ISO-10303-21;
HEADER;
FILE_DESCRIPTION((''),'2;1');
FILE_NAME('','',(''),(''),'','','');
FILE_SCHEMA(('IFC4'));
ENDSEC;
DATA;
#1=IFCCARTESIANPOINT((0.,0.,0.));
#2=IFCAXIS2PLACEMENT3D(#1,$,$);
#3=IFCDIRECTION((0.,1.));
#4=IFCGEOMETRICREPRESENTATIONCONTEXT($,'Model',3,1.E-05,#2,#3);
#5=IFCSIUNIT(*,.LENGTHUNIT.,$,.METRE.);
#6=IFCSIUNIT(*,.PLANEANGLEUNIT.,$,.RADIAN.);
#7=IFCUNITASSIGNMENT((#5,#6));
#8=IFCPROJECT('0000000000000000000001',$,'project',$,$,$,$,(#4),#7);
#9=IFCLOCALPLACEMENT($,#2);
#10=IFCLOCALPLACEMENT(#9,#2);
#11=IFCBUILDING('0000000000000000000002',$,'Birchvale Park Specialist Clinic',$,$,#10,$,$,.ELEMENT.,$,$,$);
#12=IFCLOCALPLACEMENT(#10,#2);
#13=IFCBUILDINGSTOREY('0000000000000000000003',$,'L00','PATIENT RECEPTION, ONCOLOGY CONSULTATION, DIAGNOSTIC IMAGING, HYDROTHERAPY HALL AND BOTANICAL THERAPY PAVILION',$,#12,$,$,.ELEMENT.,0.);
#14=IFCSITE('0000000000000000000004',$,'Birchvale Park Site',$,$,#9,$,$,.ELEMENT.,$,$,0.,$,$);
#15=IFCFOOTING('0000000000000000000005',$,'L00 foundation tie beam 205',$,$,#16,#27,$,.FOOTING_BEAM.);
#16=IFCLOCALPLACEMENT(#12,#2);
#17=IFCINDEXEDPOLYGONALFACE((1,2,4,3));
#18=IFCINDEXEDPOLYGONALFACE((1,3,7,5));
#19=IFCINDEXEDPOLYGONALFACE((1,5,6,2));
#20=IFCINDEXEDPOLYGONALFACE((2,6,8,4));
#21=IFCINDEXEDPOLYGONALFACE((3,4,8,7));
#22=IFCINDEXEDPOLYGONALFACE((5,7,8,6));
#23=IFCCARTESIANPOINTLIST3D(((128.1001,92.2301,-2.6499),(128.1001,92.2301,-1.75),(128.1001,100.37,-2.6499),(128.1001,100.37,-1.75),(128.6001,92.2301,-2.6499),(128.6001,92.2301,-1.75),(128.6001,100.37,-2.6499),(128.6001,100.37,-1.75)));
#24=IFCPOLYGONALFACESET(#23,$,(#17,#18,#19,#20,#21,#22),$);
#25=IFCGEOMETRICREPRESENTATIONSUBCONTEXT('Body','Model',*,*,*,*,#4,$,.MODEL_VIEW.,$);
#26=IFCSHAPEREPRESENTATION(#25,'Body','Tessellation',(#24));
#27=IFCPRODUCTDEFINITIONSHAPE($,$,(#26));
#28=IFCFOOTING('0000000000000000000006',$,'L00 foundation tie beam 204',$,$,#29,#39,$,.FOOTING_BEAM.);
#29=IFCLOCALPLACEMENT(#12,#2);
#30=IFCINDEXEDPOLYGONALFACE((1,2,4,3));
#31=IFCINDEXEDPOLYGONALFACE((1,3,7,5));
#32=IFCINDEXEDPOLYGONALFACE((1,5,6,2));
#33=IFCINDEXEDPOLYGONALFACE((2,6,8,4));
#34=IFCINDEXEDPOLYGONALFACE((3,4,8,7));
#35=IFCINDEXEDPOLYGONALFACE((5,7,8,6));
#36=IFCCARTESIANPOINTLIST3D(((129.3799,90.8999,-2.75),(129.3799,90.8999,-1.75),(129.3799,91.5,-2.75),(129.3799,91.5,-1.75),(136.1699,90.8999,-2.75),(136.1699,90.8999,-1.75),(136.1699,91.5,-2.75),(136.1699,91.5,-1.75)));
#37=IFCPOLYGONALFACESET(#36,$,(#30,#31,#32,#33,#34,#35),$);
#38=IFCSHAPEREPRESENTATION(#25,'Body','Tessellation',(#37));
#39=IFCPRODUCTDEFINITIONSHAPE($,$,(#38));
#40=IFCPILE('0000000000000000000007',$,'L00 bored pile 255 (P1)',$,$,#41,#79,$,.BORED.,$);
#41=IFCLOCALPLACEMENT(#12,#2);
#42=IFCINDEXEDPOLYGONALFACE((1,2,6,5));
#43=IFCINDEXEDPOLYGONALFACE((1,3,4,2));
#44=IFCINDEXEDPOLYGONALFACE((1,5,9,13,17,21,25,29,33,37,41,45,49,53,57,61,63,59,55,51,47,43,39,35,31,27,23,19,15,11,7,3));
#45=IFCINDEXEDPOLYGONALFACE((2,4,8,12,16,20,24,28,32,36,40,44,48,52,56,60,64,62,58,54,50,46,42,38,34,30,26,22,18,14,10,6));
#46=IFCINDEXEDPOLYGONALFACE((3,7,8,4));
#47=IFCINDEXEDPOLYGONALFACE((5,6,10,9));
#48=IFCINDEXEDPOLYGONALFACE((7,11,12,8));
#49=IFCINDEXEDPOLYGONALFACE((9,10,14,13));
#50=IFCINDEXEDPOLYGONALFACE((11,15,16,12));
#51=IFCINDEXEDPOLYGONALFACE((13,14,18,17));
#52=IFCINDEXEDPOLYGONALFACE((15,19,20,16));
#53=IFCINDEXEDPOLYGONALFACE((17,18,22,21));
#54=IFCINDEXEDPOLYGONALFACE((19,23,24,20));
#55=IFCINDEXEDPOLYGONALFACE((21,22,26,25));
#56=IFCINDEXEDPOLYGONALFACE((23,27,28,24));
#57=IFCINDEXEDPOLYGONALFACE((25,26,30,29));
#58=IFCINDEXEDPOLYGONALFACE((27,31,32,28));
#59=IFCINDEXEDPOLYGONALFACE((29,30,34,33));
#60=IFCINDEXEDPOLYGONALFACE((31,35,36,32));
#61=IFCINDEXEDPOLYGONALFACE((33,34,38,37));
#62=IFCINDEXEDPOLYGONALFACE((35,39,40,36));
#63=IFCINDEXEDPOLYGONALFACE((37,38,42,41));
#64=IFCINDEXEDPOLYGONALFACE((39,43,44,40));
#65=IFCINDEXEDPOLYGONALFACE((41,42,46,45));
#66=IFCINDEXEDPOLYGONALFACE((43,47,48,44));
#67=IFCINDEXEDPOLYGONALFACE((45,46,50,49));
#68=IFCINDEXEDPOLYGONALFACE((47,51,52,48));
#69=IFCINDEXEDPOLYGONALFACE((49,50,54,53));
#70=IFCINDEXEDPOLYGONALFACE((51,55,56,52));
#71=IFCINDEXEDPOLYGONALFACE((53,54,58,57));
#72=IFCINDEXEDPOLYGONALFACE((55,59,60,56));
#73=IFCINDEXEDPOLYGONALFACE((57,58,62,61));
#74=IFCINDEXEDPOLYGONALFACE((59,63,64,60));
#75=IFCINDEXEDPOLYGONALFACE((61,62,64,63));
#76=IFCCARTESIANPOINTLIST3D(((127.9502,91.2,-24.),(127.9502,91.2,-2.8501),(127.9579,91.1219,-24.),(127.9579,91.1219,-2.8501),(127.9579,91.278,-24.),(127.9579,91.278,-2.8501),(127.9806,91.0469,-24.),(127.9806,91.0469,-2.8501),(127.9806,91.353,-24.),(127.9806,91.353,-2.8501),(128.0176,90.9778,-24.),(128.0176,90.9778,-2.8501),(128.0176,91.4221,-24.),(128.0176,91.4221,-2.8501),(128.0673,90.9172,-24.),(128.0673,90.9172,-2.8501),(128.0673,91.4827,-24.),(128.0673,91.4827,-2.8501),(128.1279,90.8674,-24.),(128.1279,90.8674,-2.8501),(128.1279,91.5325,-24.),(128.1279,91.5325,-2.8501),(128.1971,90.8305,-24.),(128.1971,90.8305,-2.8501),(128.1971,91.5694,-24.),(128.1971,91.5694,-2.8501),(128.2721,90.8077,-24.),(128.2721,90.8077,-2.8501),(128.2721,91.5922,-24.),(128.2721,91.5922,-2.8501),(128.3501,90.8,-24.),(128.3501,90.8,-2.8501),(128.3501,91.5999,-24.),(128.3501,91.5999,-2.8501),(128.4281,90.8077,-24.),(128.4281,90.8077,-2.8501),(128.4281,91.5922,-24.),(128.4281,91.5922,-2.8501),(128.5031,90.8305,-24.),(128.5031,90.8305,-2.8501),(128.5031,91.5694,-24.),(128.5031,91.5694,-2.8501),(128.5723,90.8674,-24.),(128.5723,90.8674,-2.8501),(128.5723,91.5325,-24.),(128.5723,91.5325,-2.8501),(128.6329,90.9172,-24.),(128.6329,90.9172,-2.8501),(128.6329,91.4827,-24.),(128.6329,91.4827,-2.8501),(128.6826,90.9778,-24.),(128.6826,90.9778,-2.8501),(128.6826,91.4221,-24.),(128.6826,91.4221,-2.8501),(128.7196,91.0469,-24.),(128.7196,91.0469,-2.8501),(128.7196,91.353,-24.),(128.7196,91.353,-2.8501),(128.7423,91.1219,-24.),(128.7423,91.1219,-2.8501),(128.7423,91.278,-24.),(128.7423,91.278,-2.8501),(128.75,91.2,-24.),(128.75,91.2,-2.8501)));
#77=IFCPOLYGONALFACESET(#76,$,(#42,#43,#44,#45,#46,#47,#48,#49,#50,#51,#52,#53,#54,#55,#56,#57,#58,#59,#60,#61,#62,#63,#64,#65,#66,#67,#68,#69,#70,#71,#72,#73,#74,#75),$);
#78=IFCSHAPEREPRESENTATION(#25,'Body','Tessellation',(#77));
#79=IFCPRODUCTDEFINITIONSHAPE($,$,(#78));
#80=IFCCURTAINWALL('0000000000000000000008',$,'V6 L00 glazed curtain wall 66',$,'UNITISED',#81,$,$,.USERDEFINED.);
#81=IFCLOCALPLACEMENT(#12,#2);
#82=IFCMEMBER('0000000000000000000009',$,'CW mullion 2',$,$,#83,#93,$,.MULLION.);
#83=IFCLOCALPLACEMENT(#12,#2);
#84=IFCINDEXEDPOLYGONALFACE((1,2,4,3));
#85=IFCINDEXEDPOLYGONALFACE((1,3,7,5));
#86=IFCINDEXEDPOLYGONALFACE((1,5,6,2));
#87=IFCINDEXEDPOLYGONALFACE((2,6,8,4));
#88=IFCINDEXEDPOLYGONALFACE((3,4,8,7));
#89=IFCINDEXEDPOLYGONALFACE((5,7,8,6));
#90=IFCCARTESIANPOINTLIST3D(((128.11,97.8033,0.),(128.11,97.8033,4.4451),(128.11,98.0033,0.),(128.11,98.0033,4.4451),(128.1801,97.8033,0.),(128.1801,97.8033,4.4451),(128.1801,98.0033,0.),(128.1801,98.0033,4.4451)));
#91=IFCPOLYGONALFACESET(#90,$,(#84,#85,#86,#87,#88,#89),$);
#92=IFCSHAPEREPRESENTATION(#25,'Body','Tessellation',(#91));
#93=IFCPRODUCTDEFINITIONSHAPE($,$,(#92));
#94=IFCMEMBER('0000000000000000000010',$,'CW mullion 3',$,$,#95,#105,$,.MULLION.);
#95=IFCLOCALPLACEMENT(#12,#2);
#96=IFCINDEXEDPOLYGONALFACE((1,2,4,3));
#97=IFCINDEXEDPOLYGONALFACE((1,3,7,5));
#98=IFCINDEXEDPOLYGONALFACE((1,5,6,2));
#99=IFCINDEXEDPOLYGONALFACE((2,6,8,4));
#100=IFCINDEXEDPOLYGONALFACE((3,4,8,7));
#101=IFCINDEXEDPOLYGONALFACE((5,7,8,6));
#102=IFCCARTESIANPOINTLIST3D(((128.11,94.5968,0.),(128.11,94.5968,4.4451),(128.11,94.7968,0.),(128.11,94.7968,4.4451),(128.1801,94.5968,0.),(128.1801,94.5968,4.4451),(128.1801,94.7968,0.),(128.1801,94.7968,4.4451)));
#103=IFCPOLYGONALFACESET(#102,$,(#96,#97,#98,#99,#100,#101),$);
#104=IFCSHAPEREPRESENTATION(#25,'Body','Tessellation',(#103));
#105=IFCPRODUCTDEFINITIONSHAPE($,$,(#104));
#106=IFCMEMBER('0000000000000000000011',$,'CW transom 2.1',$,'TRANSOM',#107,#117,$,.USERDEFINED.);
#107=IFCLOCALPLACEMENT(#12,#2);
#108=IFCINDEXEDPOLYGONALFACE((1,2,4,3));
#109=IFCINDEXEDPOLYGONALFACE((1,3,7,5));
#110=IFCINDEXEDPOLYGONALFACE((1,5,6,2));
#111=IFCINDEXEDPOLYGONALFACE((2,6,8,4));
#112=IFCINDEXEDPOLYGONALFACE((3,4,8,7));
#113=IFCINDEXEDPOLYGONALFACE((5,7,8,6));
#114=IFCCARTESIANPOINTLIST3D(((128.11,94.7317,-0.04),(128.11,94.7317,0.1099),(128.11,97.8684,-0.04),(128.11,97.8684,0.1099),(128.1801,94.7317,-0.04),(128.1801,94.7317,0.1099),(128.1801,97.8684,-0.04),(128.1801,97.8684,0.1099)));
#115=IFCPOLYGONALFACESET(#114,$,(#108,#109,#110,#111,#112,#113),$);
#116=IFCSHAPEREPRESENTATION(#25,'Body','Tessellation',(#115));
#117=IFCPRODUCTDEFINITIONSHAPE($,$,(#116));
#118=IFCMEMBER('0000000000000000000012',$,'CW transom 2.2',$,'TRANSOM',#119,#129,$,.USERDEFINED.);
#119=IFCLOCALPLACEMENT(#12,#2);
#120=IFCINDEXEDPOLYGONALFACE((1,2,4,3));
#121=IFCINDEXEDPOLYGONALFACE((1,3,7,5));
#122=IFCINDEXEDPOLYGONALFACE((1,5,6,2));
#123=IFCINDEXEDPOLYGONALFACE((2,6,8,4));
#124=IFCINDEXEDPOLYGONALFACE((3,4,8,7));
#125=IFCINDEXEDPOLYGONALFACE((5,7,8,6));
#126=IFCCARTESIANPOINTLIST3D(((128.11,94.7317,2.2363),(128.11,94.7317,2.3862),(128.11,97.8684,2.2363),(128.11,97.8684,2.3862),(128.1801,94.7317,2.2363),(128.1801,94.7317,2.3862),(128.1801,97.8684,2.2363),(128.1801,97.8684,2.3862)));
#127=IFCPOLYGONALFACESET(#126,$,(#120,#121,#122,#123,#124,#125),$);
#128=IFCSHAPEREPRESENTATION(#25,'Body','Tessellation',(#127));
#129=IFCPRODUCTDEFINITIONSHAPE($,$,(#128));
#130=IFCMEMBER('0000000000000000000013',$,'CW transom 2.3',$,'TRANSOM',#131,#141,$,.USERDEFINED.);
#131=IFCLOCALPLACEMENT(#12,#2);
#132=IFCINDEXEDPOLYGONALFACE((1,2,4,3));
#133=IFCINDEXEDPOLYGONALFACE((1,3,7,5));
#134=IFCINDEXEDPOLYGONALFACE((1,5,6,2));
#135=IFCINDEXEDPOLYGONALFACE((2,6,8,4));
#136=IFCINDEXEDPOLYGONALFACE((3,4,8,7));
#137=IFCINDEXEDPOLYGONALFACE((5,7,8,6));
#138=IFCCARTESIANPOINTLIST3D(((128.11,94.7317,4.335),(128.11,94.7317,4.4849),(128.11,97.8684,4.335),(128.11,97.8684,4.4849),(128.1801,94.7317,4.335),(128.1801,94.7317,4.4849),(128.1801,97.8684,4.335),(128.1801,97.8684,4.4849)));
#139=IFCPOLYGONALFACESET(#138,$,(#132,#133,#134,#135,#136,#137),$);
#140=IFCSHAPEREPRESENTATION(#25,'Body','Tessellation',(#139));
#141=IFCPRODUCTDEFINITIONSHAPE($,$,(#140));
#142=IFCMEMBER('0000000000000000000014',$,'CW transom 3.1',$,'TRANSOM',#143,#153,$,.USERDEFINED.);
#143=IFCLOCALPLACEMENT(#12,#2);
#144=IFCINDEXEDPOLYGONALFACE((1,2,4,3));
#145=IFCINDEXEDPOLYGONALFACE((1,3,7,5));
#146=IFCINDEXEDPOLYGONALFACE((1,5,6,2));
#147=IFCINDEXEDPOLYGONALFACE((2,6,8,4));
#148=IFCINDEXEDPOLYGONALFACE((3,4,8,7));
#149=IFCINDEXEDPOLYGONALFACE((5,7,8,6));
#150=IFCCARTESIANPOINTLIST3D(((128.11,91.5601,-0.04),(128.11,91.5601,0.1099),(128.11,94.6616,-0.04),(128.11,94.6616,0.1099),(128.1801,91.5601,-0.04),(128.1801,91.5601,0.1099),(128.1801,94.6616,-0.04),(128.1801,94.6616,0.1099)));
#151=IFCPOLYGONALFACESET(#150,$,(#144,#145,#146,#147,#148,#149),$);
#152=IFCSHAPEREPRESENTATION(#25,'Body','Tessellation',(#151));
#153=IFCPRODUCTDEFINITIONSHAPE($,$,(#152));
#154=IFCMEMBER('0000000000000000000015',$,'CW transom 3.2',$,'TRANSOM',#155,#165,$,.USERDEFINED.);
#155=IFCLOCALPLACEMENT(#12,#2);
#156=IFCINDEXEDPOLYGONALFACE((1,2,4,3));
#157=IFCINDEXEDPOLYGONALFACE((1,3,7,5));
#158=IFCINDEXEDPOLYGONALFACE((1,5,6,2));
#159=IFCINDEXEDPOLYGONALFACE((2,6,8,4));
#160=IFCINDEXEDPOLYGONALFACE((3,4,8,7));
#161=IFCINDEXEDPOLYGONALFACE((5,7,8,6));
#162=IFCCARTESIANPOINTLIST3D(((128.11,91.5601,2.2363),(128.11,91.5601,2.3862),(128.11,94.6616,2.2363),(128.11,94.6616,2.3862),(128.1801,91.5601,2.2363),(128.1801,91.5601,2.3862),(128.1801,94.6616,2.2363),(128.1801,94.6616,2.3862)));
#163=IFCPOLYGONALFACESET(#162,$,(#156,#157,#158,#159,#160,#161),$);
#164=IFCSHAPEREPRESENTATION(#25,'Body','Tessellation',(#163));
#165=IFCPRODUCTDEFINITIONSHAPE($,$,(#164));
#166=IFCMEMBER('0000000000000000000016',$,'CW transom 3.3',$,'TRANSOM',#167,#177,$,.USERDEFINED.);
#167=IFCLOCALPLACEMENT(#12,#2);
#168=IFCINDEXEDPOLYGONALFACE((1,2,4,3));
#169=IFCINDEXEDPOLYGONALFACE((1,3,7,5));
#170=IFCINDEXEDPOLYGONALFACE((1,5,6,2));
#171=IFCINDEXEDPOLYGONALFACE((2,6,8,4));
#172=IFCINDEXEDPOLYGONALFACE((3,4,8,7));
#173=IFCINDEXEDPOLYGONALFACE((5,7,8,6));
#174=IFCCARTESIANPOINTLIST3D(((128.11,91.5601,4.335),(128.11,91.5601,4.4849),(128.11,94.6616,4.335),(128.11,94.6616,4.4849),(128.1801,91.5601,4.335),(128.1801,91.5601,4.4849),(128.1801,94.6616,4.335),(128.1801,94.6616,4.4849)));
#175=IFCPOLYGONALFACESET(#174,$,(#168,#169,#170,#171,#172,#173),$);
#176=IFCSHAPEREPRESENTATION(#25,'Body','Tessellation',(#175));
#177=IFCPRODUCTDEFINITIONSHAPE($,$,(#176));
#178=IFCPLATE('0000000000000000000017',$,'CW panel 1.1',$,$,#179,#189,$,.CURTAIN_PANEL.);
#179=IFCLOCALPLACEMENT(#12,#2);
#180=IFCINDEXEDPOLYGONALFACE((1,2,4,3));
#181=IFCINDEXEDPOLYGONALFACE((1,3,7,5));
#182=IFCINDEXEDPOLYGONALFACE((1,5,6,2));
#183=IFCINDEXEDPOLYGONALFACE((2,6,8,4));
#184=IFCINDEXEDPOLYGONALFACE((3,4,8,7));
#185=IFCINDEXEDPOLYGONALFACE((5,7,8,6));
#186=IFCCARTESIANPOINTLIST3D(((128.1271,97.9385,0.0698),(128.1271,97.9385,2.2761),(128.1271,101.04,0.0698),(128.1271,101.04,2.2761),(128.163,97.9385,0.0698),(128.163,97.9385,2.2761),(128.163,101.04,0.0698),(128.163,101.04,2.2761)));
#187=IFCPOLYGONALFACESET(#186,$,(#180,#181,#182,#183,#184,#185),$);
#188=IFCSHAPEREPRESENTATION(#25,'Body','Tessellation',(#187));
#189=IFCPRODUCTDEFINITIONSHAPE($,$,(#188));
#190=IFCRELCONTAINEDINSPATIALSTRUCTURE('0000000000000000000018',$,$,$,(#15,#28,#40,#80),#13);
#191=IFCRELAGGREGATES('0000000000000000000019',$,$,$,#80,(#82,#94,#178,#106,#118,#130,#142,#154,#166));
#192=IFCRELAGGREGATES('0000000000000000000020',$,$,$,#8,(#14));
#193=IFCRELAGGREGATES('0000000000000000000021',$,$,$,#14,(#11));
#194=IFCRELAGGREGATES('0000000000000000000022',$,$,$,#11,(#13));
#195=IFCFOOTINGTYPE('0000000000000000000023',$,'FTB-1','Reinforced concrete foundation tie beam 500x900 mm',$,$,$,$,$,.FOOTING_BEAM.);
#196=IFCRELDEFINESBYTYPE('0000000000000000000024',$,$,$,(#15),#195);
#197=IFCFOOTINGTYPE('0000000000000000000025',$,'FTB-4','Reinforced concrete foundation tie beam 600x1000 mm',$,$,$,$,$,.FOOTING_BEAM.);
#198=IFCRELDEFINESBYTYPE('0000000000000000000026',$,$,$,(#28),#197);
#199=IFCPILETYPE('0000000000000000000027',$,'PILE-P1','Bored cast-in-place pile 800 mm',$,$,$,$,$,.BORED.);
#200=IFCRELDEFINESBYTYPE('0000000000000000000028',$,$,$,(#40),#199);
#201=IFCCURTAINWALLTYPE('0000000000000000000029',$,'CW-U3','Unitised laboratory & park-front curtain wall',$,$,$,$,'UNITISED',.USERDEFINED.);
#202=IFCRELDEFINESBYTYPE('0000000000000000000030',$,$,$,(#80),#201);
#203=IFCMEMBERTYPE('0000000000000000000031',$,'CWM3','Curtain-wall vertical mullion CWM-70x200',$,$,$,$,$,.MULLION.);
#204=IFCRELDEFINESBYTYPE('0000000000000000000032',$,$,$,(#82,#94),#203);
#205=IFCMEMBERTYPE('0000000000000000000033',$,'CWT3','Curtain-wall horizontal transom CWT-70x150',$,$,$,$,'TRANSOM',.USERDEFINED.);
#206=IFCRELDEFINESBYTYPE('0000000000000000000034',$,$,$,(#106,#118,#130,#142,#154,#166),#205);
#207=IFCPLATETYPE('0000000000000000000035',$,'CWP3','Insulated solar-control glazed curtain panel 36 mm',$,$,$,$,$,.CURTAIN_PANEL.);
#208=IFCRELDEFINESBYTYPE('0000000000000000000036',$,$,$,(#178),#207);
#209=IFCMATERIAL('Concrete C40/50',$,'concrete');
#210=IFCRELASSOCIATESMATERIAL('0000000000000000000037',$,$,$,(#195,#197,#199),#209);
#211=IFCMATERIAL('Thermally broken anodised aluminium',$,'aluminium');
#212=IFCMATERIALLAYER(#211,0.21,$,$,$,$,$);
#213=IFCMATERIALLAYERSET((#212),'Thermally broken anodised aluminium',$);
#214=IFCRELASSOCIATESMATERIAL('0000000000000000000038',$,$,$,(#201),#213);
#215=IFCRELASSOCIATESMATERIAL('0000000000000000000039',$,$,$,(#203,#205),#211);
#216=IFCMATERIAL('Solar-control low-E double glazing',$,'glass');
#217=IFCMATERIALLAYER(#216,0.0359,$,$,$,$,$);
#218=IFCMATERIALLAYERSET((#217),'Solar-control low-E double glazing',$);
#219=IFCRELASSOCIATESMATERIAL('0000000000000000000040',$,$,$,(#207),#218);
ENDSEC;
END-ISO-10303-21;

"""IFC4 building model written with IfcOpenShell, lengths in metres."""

from ifc_helpers import new_model, si_unit, direction, frame, origin, origin_2d, place, context, subcontext, project, spatial, rectangle, circle, extrude, material, layer, layer_set, material_profile, profile_set, type_object, element, aggregate, save


model = new_model("IFC4")

# Units and contexts
model_context = context("Model", 3, precision=1e-05, world=origin(), true_north=direction((0.0, 1.0)))
body_context = subcontext(model_context, "Body", "Model", "MODEL_VIEW")
ifc_project = project(units=[si_unit("LENGTHUNIT", "METRE"), si_unit("PLANEANGLEUNIT", "RADIAN")], contexts=[model_context])

# Site, building, storey
site_placement = place(None, origin())
site = spatial("IfcSite", under=ifc_project, at=site_placement, Name="Birchvale Park Site", CompositionType="ELEMENT", RefElevation=0.0)
building_placement = place(site_placement, origin())
building = spatial("IfcBuilding", under=site, at=building_placement, Name="Birchvale Park Specialist Clinic", CompositionType="ELEMENT")
storey_placement = place(building_placement, origin())
storey = spatial("IfcBuildingStorey", under=building, at=storey_placement, Name="L00", Description="PATIENT RECEPTION, ONCOLOGY CONSULTATION, DIAGNOSTIC IMAGING, HYDROTHERAPY HALL AND BOTANICAL THERAPY PAVILION", CompositionType="ELEMENT", Elevation=0.0)

# Footings
ifc_material_1 = material(Name="Concrete C40/50", Category="concrete")
footing_type_1 = type_object("IfcFootingType", Name="FTB-1", Description="Reinforced concrete foundation tie beam 500x900 mm", PredefinedType="FOOTING_BEAM", material=ifc_material_1)
footing_1_placement = place(storey_placement, frame((128.3501, 96.3, -2.6499), z_axis=(0.0, 0.0, 1.0), x_axis=(1.0, 0.0, 0.0)))
element("IfcFooting", 1, at=footing_1_placement, inside=storey, type_object=footing_type_1, Name="L00 foundation tie beam 205", PredefinedType="FOOTING_BEAM", context=body_context, shape_type="SweptSolid", body=[
    extrude(rectangle(XDim=0.5, YDim=8.1399, at=origin_2d()), origin(), (0.0, 0.0, 1.0), 0.8999),
])
footing_type_2 = type_object("IfcFootingType", Name="FTB-4", Description="Reinforced concrete foundation tie beam 600x1000 mm", PredefinedType="FOOTING_BEAM", material=ifc_material_1)
footing_2_placement = place(storey_placement, frame((132.7749, 91.2, -2.75), z_axis=(0.0, 0.0, 1.0), x_axis=(1.0, 0.0, 0.0)))
element("IfcFooting", 2, at=footing_2_placement, inside=storey, type_object=footing_type_2, Name="L00 foundation tie beam 204", PredefinedType="FOOTING_BEAM", context=body_context, shape_type="SweptSolid", body=[
    extrude(rectangle(XDim=6.79, YDim=0.6001, at=origin_2d()), origin(), (0.0, 0.0, 1.0), 1.0),
])

# Pile
ifc_material_profile_1 = material_profile(ifc_material_1, circle(Radius=0.3999, at=origin_2d()), Name="PILE-800")
ifc_profile_set_1 = profile_set([ifc_material_profile_1], Name="Concrete C40/50")
pile_type = type_object("IfcPileType", Name="PILE-P1", Description="Bored cast-in-place pile 800 mm", PredefinedType="BORED", material=ifc_profile_set_1)
pile_placement = place(storey_placement, frame((128.3501, 91.2, -2.8501), z_axis=(0.0, 0.0, -1.0), x_axis=(1.0, 0.0, 0.0)))
element("IfcPile", 3, at=pile_placement, inside=storey, type_object=pile_type, Name="L00 bored pile 255 (P1)", PredefinedType="BORED", context=body_context, shape_type="SweptSolid", body=[
    extrude(circle(Radius=0.3999, at=origin_2d()), origin(), (0.0, 0.0, 1.0), 21.1499),
])

# Curtain wall, members, plate
ifc_material_2 = material(Name="Thermally broken anodised aluminium", Category="aluminium")
ifc_layer_1 = layer(ifc_material_2, 0.21)
ifc_layer_set_1 = layer_set([ifc_layer_1], Name="Thermally broken anodised aluminium")
curtain_wall_type = type_object("IfcCurtainWallType", Name="CW-U3", Description="Unitised laboratory & park-front curtain wall", ElementType="UNITISED", PredefinedType="USERDEFINED", material=ifc_layer_set_1)
curtain_wall_placement = place(storey_placement, origin())
curtain_wall = element("IfcCurtainWall", 4, at=curtain_wall_placement, inside=storey, type_object=curtain_wall_type, Name="V6 L00 glazed curtain wall 66", ObjectType="UNITISED", PredefinedType="USERDEFINED")
ifc_material_profile_2 = material_profile(ifc_material_2, rectangle(XDim=0.0701, YDim=0.2, at=origin_2d()), Name="CWM-70x200")
ifc_profile_set_2 = profile_set([ifc_material_profile_2], Name="Thermally broken anodised aluminium")
member_type_1 = type_object("IfcMemberType", Name="CWM3", Description="Curtain-wall vertical mullion CWM-70x200", PredefinedType="MULLION", material=ifc_profile_set_2)
member_1_placement = place(storey_placement, frame((128.145, 97.9033, 0.0), z_axis=(0.0, 0.0, 1.0), x_axis=(1.0, 0.0, 0.0)))
member_1 = element("IfcMember", 5, at=member_1_placement, type_object=member_type_1, Name="CW mullion 2", PredefinedType="MULLION", context=body_context, shape_type="SweptSolid", body=[
    extrude(rectangle(XDim=0.0701, YDim=0.2, at=origin_2d()), origin(), (0.0, 0.0, 1.0), 4.4451),
])
member_2_placement = place(storey_placement, frame((128.145, 94.6968, 0.0), z_axis=(0.0, 0.0, 1.0), x_axis=(1.0, 0.0, 0.0)))
member_2 = element("IfcMember", 6, at=member_2_placement, type_object=member_type_1, Name="CW mullion 3", PredefinedType="MULLION", context=body_context, shape_type="SweptSolid", body=[
    extrude(rectangle(XDim=0.0701, YDim=0.2, at=origin_2d()), origin(), (0.0, 0.0, 1.0), 4.4451),
])
ifc_material_profile_3 = material_profile(ifc_material_2, rectangle(XDim=0.0701, YDim=0.1499, at=origin_2d()), Name="CWT-70x150")
ifc_profile_set_3 = profile_set([ifc_material_profile_3], Name="Thermally broken anodised aluminium")
member_type_2 = type_object("IfcMemberType", Name="CWT3", Description="Curtain-wall horizontal transom CWT-70x150", ElementType="TRANSOM", PredefinedType="USERDEFINED", material=ifc_profile_set_3)
member_3_placement = place(storey_placement, frame((128.145, 97.8684, 0.0349), z_axis=(0.0, -1.0, 0.0), x_axis=(1.0, 0.0, 0.0)))
member_3 = element("IfcMember", 7, at=member_3_placement, type_object=member_type_2, Name="CW transom 2.1", ObjectType="TRANSOM", PredefinedType="USERDEFINED", context=body_context, shape_type="SweptSolid", body=[
    extrude(rectangle(XDim=0.0701, YDim=0.1499, at=origin_2d()), origin(), (0.0, 0.0, 1.0), 3.1367),
])
member_4_placement = place(storey_placement, frame((128.145, 97.8684, 2.3113), z_axis=(0.0, -1.0, 0.0), x_axis=(1.0, 0.0, 0.0)))
member_4 = element("IfcMember", 8, at=member_4_placement, type_object=member_type_2, Name="CW transom 2.2", ObjectType="TRANSOM", PredefinedType="USERDEFINED", context=body_context, shape_type="SweptSolid", body=[
    extrude(rectangle(XDim=0.0701, YDim=0.1499, at=origin_2d()), origin(), (0.0, 0.0, 1.0), 3.1367),
])
member_5_placement = place(storey_placement, frame((128.145, 97.8684, 4.4099), z_axis=(0.0, -1.0, 0.0), x_axis=(1.0, 0.0, 0.0)))
member_5 = element("IfcMember", 9, at=member_5_placement, type_object=member_type_2, Name="CW transom 2.3", ObjectType="TRANSOM", PredefinedType="USERDEFINED", context=body_context, shape_type="SweptSolid", body=[
    extrude(rectangle(XDim=0.0701, YDim=0.1499, at=origin_2d()), origin(), (0.0, 0.0, 1.0), 3.1367),
])
member_6_placement = place(storey_placement, frame((128.145, 94.6616, 0.0349), z_axis=(0.0, -1.0, 0.0), x_axis=(1.0, 0.0, 0.0)))
member_6 = element("IfcMember", 10, at=member_6_placement, type_object=member_type_2, Name="CW transom 3.1", ObjectType="TRANSOM", PredefinedType="USERDEFINED", context=body_context, shape_type="SweptSolid", body=[
    extrude(rectangle(XDim=0.0701, YDim=0.1499, at=origin_2d()), origin(), (0.0, 0.0, 1.0), 3.1016),
])
member_7_placement = place(storey_placement, frame((128.145, 94.6616, 2.3113), z_axis=(0.0, -1.0, 0.0), x_axis=(1.0, 0.0, 0.0)))
member_7 = element("IfcMember", 11, at=member_7_placement, type_object=member_type_2, Name="CW transom 3.2", ObjectType="TRANSOM", PredefinedType="USERDEFINED", context=body_context, shape_type="SweptSolid", body=[
    extrude(rectangle(XDim=0.0701, YDim=0.1499, at=origin_2d()), origin(), (0.0, 0.0, 1.0), 3.1016),
])
member_8_placement = place(storey_placement, frame((128.145, 94.6616, 4.4099), z_axis=(0.0, -1.0, 0.0), x_axis=(1.0, 0.0, 0.0)))
member_8 = element("IfcMember", 12, at=member_8_placement, type_object=member_type_2, Name="CW transom 3.3", ObjectType="TRANSOM", PredefinedType="USERDEFINED", context=body_context, shape_type="SweptSolid", body=[
    extrude(rectangle(XDim=0.0701, YDim=0.1499, at=origin_2d()), origin(), (0.0, 0.0, 1.0), 3.1016),
])
ifc_material_3 = material(Name="Solar-control low-E double glazing", Category="glass")
ifc_layer_2 = layer(ifc_material_3, 0.0359)
ifc_layer_set_2 = layer_set([ifc_layer_2], Name="Solar-control low-E double glazing")
plate_type = type_object("IfcPlateType", Name="CWP3", Description="Insulated solar-control glazed curtain panel 36 mm", PredefinedType="CURTAIN_PANEL", material=ifc_layer_set_2)
plate_1_placement = place(storey_placement, frame((128.145, 99.4893, 0.0698), z_axis=(0.0, 0.0, 1.0), x_axis=(0.0, -1.0, 0.0)))
plate_1 = element("IfcPlate", 13, at=plate_1_placement, type_object=plate_type, Name="CW panel 1.1", PredefinedType="CURTAIN_PANEL", context=body_context, shape_type="SweptSolid", body=[
    extrude(rectangle(XDim=3.1016, YDim=0.0359, at=origin_2d()), origin(), (0.0, 0.0, 1.0), 2.2063),
])
aggregate(curtain_wall, [member_1, member_2, plate_1, member_3, member_4, member_5, member_6, member_7, member_8])

save(model, "model.ifc")
